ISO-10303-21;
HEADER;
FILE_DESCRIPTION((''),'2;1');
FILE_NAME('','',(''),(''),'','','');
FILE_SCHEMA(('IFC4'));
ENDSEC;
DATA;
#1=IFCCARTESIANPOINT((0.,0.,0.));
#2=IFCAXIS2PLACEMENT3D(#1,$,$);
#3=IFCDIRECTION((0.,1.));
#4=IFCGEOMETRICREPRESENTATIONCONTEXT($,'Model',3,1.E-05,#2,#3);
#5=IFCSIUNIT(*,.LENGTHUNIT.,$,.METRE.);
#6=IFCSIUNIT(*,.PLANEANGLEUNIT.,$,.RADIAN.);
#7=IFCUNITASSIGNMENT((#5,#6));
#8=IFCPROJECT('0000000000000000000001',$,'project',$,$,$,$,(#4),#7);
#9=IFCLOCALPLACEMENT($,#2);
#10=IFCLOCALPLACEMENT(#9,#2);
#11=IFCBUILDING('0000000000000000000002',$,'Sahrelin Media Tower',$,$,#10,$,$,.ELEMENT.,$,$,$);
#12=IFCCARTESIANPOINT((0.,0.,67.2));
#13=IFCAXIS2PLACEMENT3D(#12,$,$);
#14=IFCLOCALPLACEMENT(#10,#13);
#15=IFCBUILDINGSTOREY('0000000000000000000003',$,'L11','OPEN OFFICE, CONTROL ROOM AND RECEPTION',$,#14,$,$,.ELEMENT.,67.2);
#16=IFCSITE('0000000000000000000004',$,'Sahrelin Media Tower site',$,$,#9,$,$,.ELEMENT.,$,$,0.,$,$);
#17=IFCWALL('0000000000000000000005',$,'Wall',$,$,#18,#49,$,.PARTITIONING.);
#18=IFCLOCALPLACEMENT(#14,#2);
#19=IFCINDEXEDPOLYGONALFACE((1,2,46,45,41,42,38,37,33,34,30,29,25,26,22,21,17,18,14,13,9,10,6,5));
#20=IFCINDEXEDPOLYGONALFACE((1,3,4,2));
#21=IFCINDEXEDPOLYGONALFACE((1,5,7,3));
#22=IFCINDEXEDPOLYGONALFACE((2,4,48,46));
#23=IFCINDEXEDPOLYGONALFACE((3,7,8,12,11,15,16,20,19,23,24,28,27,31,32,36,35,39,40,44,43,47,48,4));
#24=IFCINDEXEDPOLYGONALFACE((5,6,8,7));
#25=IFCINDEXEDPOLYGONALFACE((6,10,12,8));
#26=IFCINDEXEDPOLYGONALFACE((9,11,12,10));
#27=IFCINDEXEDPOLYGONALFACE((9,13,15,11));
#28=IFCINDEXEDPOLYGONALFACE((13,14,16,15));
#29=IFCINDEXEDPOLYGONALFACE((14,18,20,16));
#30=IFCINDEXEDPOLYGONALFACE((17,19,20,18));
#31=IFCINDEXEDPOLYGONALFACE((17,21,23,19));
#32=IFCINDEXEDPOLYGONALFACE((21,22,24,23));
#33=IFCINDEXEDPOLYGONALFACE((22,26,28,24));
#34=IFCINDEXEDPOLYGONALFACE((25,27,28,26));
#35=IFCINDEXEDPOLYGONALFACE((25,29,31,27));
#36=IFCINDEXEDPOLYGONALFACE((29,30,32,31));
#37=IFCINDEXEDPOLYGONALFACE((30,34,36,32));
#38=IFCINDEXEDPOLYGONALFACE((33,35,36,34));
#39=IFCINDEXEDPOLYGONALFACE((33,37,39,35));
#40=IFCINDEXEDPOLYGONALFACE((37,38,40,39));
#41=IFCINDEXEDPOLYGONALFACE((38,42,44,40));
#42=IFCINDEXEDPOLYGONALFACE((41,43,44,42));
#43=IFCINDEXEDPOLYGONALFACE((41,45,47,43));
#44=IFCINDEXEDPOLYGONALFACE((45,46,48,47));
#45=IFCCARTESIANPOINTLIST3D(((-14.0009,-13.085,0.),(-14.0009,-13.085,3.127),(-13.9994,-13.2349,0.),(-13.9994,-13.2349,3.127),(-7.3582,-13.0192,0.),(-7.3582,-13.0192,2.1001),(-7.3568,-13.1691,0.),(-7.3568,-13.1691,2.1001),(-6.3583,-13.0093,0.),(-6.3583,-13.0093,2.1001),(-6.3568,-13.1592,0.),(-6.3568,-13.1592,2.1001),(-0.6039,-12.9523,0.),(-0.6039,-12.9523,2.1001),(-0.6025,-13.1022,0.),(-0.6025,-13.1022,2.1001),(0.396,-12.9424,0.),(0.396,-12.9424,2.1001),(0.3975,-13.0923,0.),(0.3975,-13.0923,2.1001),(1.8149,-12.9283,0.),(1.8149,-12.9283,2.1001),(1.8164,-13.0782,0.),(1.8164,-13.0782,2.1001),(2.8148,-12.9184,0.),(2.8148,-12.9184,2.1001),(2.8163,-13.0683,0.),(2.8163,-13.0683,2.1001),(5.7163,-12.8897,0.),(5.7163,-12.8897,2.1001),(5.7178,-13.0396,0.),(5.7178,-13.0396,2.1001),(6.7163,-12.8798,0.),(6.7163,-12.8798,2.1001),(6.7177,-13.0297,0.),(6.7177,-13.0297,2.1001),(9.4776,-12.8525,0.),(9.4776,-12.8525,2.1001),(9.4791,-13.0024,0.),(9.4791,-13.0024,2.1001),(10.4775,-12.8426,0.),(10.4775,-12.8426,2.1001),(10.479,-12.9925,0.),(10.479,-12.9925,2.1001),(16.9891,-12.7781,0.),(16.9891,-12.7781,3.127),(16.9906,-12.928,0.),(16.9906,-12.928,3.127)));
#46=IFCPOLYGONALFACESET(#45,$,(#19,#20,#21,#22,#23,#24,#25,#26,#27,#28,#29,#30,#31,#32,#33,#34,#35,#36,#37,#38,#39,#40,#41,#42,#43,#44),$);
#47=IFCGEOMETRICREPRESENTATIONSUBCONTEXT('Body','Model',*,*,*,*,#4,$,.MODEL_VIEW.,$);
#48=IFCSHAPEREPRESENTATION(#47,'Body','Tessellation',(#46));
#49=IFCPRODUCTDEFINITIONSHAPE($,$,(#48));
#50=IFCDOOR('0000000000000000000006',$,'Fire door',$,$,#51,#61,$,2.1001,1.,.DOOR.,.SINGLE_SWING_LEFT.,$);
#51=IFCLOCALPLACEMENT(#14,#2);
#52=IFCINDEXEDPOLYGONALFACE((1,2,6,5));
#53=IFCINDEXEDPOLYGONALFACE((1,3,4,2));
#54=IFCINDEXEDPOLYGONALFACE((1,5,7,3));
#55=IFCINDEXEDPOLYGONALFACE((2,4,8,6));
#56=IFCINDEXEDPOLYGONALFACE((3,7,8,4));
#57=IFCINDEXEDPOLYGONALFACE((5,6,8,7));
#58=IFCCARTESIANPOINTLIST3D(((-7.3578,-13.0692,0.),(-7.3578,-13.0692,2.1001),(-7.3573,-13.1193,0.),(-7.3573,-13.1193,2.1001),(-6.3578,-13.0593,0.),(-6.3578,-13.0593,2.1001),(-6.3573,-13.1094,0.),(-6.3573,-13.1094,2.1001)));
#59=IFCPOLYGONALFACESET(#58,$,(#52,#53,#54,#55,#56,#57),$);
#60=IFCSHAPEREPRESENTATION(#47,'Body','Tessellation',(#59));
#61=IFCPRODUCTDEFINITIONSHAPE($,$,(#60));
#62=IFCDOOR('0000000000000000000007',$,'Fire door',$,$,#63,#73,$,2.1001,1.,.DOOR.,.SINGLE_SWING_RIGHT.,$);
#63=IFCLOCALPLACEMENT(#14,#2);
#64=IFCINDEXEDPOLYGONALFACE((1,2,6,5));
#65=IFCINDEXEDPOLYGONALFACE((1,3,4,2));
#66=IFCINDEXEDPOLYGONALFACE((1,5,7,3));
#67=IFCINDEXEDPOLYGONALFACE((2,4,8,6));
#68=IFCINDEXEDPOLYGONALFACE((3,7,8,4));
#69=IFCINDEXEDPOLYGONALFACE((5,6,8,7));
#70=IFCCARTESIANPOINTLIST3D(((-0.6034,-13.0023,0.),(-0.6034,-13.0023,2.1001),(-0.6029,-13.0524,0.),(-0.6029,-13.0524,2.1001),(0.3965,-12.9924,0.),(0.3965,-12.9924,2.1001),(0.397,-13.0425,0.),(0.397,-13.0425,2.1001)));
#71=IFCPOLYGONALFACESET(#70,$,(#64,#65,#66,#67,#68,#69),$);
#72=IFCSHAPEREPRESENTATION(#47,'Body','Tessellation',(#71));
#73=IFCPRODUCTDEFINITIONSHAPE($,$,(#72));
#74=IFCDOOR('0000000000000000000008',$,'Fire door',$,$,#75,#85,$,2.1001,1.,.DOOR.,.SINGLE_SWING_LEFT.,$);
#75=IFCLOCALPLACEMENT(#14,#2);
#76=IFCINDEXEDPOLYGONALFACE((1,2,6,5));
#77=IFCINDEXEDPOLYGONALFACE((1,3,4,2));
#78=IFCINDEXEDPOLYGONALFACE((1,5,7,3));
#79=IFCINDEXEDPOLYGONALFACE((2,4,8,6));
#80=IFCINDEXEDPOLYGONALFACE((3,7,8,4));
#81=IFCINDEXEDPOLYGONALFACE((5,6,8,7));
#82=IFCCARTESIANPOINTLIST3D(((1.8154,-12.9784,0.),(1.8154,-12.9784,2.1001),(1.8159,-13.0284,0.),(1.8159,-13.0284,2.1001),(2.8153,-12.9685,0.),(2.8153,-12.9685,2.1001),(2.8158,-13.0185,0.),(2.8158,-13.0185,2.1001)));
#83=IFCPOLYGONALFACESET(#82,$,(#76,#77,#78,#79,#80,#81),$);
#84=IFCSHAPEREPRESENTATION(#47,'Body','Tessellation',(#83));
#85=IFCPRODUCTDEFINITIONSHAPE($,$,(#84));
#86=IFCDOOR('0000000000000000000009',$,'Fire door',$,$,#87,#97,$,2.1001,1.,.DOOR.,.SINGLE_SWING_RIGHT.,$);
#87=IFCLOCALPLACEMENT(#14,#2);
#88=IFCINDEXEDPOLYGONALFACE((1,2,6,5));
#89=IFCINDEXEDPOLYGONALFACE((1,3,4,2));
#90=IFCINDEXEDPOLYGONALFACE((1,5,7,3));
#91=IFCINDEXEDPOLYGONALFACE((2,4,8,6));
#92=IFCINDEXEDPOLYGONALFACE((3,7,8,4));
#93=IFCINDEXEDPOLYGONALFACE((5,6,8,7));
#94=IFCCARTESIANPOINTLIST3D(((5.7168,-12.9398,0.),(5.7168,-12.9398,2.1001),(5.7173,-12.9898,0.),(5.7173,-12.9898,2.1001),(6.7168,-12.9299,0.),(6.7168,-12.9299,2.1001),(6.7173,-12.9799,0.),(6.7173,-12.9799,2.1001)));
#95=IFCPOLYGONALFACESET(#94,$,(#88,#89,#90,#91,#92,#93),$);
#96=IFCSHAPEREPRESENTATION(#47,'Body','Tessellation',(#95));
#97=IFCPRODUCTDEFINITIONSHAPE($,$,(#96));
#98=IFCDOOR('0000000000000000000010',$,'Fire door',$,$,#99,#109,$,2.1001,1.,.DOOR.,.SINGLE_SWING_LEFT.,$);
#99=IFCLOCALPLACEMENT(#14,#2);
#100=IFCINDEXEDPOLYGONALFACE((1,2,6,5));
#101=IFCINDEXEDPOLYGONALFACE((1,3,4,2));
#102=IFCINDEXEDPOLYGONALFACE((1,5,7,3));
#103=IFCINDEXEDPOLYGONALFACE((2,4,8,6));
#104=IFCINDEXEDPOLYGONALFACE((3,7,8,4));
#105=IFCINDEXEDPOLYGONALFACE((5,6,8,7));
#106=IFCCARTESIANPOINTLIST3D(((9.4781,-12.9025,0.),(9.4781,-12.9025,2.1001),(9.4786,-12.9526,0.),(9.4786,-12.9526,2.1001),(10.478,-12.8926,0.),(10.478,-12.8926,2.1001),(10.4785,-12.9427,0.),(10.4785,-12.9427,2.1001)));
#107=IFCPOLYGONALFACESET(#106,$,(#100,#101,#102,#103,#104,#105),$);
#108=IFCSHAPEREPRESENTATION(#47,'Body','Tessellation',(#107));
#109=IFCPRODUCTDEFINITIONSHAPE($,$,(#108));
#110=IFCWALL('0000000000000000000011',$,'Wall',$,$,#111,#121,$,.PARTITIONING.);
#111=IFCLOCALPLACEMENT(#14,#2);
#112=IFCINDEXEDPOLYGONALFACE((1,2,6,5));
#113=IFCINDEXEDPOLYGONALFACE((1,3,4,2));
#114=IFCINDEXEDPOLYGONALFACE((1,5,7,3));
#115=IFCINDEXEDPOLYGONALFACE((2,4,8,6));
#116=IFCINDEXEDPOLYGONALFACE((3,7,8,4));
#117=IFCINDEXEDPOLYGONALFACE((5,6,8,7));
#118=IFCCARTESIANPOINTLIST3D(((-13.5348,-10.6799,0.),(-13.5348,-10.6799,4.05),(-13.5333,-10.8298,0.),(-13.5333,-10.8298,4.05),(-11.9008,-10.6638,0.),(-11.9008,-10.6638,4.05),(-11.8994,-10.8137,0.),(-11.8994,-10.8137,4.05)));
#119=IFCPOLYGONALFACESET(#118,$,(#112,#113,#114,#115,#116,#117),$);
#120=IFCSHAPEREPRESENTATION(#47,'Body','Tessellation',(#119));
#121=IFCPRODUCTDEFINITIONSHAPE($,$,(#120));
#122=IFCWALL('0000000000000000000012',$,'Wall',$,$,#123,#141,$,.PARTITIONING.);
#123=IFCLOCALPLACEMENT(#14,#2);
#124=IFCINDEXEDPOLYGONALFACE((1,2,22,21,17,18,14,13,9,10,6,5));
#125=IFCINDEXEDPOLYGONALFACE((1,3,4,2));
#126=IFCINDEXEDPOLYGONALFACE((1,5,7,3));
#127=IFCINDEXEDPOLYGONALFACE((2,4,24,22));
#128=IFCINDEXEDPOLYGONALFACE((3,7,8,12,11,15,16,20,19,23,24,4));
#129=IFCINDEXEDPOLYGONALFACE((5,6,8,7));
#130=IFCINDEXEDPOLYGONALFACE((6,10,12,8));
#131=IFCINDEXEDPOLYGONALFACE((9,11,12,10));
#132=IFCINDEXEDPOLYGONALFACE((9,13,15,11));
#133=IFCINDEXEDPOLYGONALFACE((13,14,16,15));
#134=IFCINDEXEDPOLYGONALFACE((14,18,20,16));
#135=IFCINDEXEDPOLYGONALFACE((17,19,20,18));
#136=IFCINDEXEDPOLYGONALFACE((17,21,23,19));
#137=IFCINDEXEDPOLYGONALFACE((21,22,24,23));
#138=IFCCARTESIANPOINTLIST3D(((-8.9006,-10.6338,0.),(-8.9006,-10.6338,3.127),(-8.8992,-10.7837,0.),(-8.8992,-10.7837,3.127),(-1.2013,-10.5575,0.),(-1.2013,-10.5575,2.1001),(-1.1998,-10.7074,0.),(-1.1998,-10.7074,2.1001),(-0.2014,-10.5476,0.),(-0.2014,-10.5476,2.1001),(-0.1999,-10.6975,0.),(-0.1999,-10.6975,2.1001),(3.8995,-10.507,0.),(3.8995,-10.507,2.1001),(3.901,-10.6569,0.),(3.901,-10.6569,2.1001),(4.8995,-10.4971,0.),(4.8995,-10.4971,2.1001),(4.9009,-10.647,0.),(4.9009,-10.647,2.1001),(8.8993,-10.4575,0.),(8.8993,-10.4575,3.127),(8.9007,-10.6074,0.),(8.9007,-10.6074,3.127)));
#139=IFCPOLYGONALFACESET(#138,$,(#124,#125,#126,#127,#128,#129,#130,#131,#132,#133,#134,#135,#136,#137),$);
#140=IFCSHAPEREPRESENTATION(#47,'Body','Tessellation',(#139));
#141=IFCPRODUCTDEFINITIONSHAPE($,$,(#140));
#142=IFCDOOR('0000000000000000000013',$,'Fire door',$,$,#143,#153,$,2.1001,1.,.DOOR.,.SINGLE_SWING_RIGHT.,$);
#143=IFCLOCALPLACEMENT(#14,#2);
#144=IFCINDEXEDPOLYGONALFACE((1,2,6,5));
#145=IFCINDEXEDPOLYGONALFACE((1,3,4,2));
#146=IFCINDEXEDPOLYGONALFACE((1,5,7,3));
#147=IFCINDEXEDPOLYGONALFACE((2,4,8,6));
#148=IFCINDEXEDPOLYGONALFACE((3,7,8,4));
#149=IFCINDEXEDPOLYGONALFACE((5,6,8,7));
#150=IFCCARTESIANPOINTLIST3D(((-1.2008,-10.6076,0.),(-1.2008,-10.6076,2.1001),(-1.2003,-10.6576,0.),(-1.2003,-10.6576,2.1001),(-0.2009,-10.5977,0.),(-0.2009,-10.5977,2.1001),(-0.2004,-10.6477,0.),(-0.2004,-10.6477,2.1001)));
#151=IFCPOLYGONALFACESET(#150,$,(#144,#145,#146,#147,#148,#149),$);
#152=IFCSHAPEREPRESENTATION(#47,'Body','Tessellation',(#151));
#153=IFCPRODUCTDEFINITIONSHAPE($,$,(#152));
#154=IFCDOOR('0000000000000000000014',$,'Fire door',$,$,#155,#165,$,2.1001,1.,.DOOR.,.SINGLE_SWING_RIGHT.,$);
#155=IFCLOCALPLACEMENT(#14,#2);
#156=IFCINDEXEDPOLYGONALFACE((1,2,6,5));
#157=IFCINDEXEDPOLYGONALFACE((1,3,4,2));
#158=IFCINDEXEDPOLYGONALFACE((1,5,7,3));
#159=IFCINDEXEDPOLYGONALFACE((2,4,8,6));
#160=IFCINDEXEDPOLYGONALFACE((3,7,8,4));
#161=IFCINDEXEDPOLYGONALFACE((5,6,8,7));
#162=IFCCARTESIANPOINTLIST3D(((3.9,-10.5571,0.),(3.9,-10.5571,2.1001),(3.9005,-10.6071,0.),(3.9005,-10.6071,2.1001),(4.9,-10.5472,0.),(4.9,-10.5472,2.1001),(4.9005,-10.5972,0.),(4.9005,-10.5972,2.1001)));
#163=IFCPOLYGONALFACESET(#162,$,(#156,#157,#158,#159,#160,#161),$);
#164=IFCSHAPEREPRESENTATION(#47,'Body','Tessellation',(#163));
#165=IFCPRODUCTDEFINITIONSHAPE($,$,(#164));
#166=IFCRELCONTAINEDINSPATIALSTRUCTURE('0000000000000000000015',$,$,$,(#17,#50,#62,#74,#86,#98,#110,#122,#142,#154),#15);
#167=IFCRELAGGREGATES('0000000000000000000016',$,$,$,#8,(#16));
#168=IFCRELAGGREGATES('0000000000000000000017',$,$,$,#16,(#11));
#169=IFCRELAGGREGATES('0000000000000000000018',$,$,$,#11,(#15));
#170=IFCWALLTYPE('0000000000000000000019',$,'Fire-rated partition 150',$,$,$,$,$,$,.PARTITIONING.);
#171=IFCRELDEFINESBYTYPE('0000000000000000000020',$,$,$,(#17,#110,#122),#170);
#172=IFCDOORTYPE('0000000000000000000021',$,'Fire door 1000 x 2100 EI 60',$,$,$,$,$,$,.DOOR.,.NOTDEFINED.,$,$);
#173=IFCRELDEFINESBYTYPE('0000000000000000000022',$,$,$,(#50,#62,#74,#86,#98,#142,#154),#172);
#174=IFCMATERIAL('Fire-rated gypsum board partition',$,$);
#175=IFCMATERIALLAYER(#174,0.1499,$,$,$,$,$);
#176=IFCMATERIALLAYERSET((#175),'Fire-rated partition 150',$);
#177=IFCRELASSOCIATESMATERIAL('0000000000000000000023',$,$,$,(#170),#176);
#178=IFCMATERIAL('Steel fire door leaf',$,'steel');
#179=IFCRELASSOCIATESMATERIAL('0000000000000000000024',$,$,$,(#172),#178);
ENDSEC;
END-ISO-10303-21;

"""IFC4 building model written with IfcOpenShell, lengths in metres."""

from ifc_helpers import new_model, si_unit, direction, frame, frame_2d, origin, place, context, subcontext, project, spatial, rectangle, extrude, material, layer, layer_set, type_object, element, fill, save


model = new_model("IFC4")

# Units and contexts
model_context = context("Model", 3, precision=1e-05, world=origin(), true_north=direction((0.0, 1.0)))
body_context = subcontext(model_context, "Body", "Model", "MODEL_VIEW")
ifc_project = project(units=[si_unit("LENGTHUNIT", "METRE"), si_unit("PLANEANGLEUNIT", "RADIAN")], contexts=[model_context])

# Site, building, storey
site_placement = place(None, origin())
site = spatial("IfcSite", under=ifc_project, at=site_placement, Name="Sahrelin Media Tower site", CompositionType="ELEMENT", RefElevation=0.0)
building_placement = place(site_placement, origin())
building = spatial("IfcBuilding", under=site, at=building_placement, Name="Sahrelin Media Tower", CompositionType="ELEMENT")
storey_placement = place(building_placement, frame((0.0, 0.0, 67.2)))
storey = spatial("IfcBuildingStorey", under=building, at=storey_placement, Name="L11", Description="OPEN OFFICE, CONTROL ROOM AND RECEPTION", CompositionType="ELEMENT", Elevation=67.2)

# Shared definitions
ifc_material_1 = material(Name="Fire-rated gypsum board partition")
ifc_layer_1 = layer(ifc_material_1, 0.1499)
ifc_layer_set_1 = layer_set([ifc_layer_1], Name="Fire-rated partition 150")
wall_type_1 = type_object("IfcWallType", Name="Fire-rated partition 150", PredefinedType="PARTITIONING", material=ifc_layer_set_1)
ifc_material_2 = material(Name="Steel fire door leaf", Category="steel")
door_type_1 = type_object("IfcDoorType", Name="Fire door 1000 x 2100 EI 60", OperationType="NOTDEFINED", PredefinedType="DOOR", material=ifc_material_2)

# Wall, openings, doors
wall_1_placement = place(storey_placement, frame((-14.0, -13.1599, 0.0), z_axis=(0.0, 0.0, 1.0), x_axis=(0.999951, 0.009902, 0.0)))
wall_1 = element("IfcWall", 1, at=wall_1_placement, inside=storey, type_object=wall_type_1, Name="Wall", PredefinedType="PARTITIONING", context=body_context, shape_type="SweptSolid", body=[
    extrude(rectangle(XDim=30.9915, YDim=0.1499, at=frame_2d((15.4956, 0.0))), origin(), (0.0, 0.0, 1.0), 3.127),
])
opening_1_placement = place(wall_1_placement, frame((6.6428, 0.0, 0.0)))
opening_1 = element("IfcOpeningElement", 2, at=opening_1_placement, cuts=wall_1, PredefinedType="OPENING", context=body_context, shape_type="SweptSolid", body=[
    extrude(rectangle(XDim=1.0, YDim=2.1001, at=frame_2d((0.5, 1.05))), frame((0.0, 0.075, 0.0), z_axis=(0.0, -1.0, 0.0), x_axis=(1.0, 0.0, 0.0)), (0.0, 0.0, 1.0), 0.1499),
])
opening_2_placement = place(wall_1_placement, frame((13.3975, 0.0, 0.0)))
opening_2 = element("IfcOpeningElement", 3, at=opening_2_placement, cuts=wall_1, PredefinedType="OPENING", context=body_context, shape_type="SweptSolid", body=[
    extrude(rectangle(XDim=1.0, YDim=2.1001, at=frame_2d((0.5, 1.05))), frame((0.0, 0.075, 0.0), z_axis=(0.0, -1.0, 0.0), x_axis=(1.0, 0.0, 0.0)), (0.0, 0.0, 1.0), 0.1499),
])
opening_3_placement = place(wall_1_placement, frame((15.8164, 0.0, 0.0)))
opening_3 = element("IfcOpeningElement", 4, at=opening_3_placement, cuts=wall_1, PredefinedType="OPENING", context=body_context, shape_type="SweptSolid", body=[
    extrude(rectangle(XDim=1.0, YDim=2.1001, at=frame_2d((0.5, 1.05))), frame((0.0, 0.075, 0.0), z_axis=(0.0, -1.0, 0.0), x_axis=(1.0, 0.0, 0.0)), (0.0, 0.0, 1.0), 0.1499),
])
opening_4_placement = place(wall_1_placement, frame((19.718, 0.0, 0.0)))
opening_4 = element("IfcOpeningElement", 5, at=opening_4_placement, cuts=wall_1, PredefinedType="OPENING", context=body_context, shape_type="SweptSolid", body=[
    extrude(rectangle(XDim=1.0, YDim=2.1001, at=frame_2d((0.5, 1.05))), frame((0.0, 0.075, 0.0), z_axis=(0.0, -1.0, 0.0), x_axis=(1.0, 0.0, 0.0)), (0.0, 0.0, 1.0), 0.1499),
])
opening_5_placement = place(wall_1_placement, frame((23.4795, 0.0, 0.0)))
opening_5 = element("IfcOpeningElement", 6, at=opening_5_placement, cuts=wall_1, PredefinedType="OPENING", context=body_context, shape_type="SweptSolid", body=[
    extrude(rectangle(XDim=1.0, YDim=2.1001, at=frame_2d((0.5, 1.05))), frame((0.0, 0.075, 0.0), z_axis=(0.0, -1.0, 0.0), x_axis=(1.0, 0.0, 0.0)), (0.0, 0.0, 1.0), 0.1499),
])
door_1_placement = place(opening_1_placement, origin())
door_1 = element("IfcDoor", 7, at=door_1_placement, inside=storey, type_object=door_type_1, Name="Fire door", OperationType="SINGLE_SWING_LEFT", OverallHeight=2.1001, OverallWidth=1.0, PredefinedType="DOOR", context=body_context, shape_type="SweptSolid", body=[
    extrude(rectangle(XDim=1.0, YDim=2.1001, at=frame_2d((0.5, 1.05))), frame((0.0, 0.0249, 0.0), z_axis=(0.0, -1.0, 0.0), x_axis=(1.0, 0.0, 0.0)), (0.0, 0.0, 1.0), 0.05),
])
fill(opening_1, door_1)
door_2_placement = place(opening_2_placement, origin())
door_2 = element("IfcDoor", 8, at=door_2_placement, inside=storey, type_object=door_type_1, Name="Fire door", OperationType="SINGLE_SWING_RIGHT", OverallHeight=2.1001, OverallWidth=1.0, PredefinedType="DOOR", context=body_context, shape_type="SweptSolid", body=[
    extrude(rectangle(XDim=1.0, YDim=2.1001, at=frame_2d((0.5, 1.05))), frame((0.0, 0.0249, 0.0), z_axis=(0.0, -1.0, 0.0), x_axis=(1.0, 0.0, 0.0)), (0.0, 0.0, 1.0), 0.05),
])
fill(opening_2, door_2)
door_3_placement = place(opening_3_placement, origin())
door_3 = element("IfcDoor", 9, at=door_3_placement, inside=storey, type_object=door_type_1, Name="Fire door", OperationType="SINGLE_SWING_LEFT", OverallHeight=2.1001, OverallWidth=1.0, PredefinedType="DOOR", context=body_context, shape_type="SweptSolid", body=[
    extrude(rectangle(XDim=1.0, YDim=2.1001, at=frame_2d((0.5, 1.05))), frame((0.0, 0.0249, 0.0), z_axis=(0.0, -1.0, 0.0), x_axis=(1.0, 0.0, 0.0)), (0.0, 0.0, 1.0), 0.05),
])
fill(opening_3, door_3)
door_4_placement = place(opening_4_placement, origin())
door_4 = element("IfcDoor", 10, at=door_4_placement, inside=storey, type_object=door_type_1, Name="Fire door", OperationType="SINGLE_SWING_RIGHT", OverallHeight=2.1001, OverallWidth=1.0, PredefinedType="DOOR", context=body_context, shape_type="SweptSolid", body=[
    extrude(rectangle(XDim=1.0, YDim=2.1001, at=frame_2d((0.5, 1.05))), frame((0.0, 0.0249, 0.0), z_axis=(0.0, -1.0, 0.0), x_axis=(1.0, 0.0, 0.0)), (0.0, 0.0, 1.0), 0.05),
])
fill(opening_4, door_4)
door_5_placement = place(opening_5_placement, origin())
door_5 = element("IfcDoor", 11, at=door_5_placement, inside=storey, type_object=door_type_1, Name="Fire door", OperationType="SINGLE_SWING_LEFT", OverallHeight=2.1001, OverallWidth=1.0, PredefinedType="DOOR", context=body_context, shape_type="SweptSolid", body=[
    extrude(rectangle(XDim=1.0, YDim=2.1001, at=frame_2d((0.5, 1.05))), frame((0.0, 0.0249, 0.0), z_axis=(0.0, -1.0, 0.0), x_axis=(1.0, 0.0, 0.0)), (0.0, 0.0, 1.0), 0.05),
])
fill(opening_5, door_5)

# Wall
wall_2_placement = place(storey_placement, frame((-13.5339, -10.7549, 0.0), z_axis=(0.0, 0.0, 1.0), x_axis=(0.999951, 0.009861, 0.0)))
element("IfcWall", 12, at=wall_2_placement, inside=storey, type_object=wall_type_1, Name="Wall", PredefinedType="PARTITIONING", context=body_context, shape_type="SweptSolid", body=[
    extrude(rectangle(XDim=1.634, YDim=0.1499, at=frame_2d((0.8169, 0.0))), origin(), (0.0, 0.0, 1.0), 4.05),
])

# Wall, openings, doors
wall_3_placement = place(storey_placement, frame((-8.8999, -10.7087, 0.0), z_axis=(0.0, 0.0, 1.0), x_axis=(0.999951, 0.009902, 0.0)))
wall_3 = element("IfcWall", 13, at=wall_3_placement, inside=storey, type_object=wall_type_1, Name="Wall", PredefinedType="PARTITIONING", context=body_context, shape_type="SweptSolid", body=[
    extrude(rectangle(XDim=17.8008, YDim=0.1499, at=frame_2d((8.9004, 0.0))), origin(), (0.0, 0.0, 1.0), 3.127),
])
opening_6_placement = place(wall_3_placement, frame((7.6997, 0.0, 0.0)))
opening_6 = element("IfcOpeningElement", 14, at=opening_6_placement, cuts=wall_3, PredefinedType="OPENING", context=body_context, shape_type="SweptSolid", body=[
    extrude(rectangle(XDim=1.0, YDim=2.1001, at=frame_2d((0.5, 1.05))), frame((0.0, 0.075, 0.0), z_axis=(0.0, -1.0, 0.0), x_axis=(1.0, 0.0, 0.0)), (0.0, 0.0, 1.0), 0.1499),
])
opening_7_placement = place(wall_3_placement, frame((12.8008, 0.0, 0.0)))
opening_7 = element("IfcOpeningElement", 15, at=opening_7_placement, cuts=wall_3, PredefinedType="OPENING", context=body_context, shape_type="SweptSolid", body=[
    extrude(rectangle(XDim=1.0, YDim=2.1001, at=frame_2d((0.5, 1.05))), frame((0.0, 0.075, 0.0), z_axis=(0.0, -1.0, 0.0), x_axis=(1.0, 0.0, 0.0)), (0.0, 0.0, 1.0), 0.1499),
])
door_6_placement = place(opening_6_placement, origin())
door_6 = element("IfcDoor", 16, at=door_6_placement, inside=storey, type_object=door_type_1, Name="Fire door", OperationType="SINGLE_SWING_RIGHT", OverallHeight=2.1001, OverallWidth=1.0, PredefinedType="DOOR", context=body_context, shape_type="SweptSolid", body=[
    extrude(rectangle(XDim=1.0, YDim=2.1001, at=frame_2d((0.5, 1.05))), frame((0.0, 0.0249, 0.0), z_axis=(0.0, -1.0, 0.0), x_axis=(1.0, 0.0, 0.0)), (0.0, 0.0, 1.0), 0.05),
])
fill(opening_6, door_6)
door_7_placement = place(opening_7_placement, origin())
door_7 = element("IfcDoor", 17, at=door_7_placement, inside=storey, type_object=door_type_1, Name="Fire door", OperationType="SINGLE_SWING_RIGHT", OverallHeight=2.1001, OverallWidth=1.0, PredefinedType="DOOR", context=body_context, shape_type="SweptSolid", body=[
    extrude(rectangle(XDim=1.0, YDim=2.1001, at=frame_2d((0.5, 1.05))), frame((0.0, 0.0249, 0.0), z_axis=(0.0, -1.0, 0.0), x_axis=(1.0, 0.0, 0.0)), (0.0, 0.0, 1.0), 0.05),
])
fill(opening_7, door_7)

save(model, "model.ifc")
